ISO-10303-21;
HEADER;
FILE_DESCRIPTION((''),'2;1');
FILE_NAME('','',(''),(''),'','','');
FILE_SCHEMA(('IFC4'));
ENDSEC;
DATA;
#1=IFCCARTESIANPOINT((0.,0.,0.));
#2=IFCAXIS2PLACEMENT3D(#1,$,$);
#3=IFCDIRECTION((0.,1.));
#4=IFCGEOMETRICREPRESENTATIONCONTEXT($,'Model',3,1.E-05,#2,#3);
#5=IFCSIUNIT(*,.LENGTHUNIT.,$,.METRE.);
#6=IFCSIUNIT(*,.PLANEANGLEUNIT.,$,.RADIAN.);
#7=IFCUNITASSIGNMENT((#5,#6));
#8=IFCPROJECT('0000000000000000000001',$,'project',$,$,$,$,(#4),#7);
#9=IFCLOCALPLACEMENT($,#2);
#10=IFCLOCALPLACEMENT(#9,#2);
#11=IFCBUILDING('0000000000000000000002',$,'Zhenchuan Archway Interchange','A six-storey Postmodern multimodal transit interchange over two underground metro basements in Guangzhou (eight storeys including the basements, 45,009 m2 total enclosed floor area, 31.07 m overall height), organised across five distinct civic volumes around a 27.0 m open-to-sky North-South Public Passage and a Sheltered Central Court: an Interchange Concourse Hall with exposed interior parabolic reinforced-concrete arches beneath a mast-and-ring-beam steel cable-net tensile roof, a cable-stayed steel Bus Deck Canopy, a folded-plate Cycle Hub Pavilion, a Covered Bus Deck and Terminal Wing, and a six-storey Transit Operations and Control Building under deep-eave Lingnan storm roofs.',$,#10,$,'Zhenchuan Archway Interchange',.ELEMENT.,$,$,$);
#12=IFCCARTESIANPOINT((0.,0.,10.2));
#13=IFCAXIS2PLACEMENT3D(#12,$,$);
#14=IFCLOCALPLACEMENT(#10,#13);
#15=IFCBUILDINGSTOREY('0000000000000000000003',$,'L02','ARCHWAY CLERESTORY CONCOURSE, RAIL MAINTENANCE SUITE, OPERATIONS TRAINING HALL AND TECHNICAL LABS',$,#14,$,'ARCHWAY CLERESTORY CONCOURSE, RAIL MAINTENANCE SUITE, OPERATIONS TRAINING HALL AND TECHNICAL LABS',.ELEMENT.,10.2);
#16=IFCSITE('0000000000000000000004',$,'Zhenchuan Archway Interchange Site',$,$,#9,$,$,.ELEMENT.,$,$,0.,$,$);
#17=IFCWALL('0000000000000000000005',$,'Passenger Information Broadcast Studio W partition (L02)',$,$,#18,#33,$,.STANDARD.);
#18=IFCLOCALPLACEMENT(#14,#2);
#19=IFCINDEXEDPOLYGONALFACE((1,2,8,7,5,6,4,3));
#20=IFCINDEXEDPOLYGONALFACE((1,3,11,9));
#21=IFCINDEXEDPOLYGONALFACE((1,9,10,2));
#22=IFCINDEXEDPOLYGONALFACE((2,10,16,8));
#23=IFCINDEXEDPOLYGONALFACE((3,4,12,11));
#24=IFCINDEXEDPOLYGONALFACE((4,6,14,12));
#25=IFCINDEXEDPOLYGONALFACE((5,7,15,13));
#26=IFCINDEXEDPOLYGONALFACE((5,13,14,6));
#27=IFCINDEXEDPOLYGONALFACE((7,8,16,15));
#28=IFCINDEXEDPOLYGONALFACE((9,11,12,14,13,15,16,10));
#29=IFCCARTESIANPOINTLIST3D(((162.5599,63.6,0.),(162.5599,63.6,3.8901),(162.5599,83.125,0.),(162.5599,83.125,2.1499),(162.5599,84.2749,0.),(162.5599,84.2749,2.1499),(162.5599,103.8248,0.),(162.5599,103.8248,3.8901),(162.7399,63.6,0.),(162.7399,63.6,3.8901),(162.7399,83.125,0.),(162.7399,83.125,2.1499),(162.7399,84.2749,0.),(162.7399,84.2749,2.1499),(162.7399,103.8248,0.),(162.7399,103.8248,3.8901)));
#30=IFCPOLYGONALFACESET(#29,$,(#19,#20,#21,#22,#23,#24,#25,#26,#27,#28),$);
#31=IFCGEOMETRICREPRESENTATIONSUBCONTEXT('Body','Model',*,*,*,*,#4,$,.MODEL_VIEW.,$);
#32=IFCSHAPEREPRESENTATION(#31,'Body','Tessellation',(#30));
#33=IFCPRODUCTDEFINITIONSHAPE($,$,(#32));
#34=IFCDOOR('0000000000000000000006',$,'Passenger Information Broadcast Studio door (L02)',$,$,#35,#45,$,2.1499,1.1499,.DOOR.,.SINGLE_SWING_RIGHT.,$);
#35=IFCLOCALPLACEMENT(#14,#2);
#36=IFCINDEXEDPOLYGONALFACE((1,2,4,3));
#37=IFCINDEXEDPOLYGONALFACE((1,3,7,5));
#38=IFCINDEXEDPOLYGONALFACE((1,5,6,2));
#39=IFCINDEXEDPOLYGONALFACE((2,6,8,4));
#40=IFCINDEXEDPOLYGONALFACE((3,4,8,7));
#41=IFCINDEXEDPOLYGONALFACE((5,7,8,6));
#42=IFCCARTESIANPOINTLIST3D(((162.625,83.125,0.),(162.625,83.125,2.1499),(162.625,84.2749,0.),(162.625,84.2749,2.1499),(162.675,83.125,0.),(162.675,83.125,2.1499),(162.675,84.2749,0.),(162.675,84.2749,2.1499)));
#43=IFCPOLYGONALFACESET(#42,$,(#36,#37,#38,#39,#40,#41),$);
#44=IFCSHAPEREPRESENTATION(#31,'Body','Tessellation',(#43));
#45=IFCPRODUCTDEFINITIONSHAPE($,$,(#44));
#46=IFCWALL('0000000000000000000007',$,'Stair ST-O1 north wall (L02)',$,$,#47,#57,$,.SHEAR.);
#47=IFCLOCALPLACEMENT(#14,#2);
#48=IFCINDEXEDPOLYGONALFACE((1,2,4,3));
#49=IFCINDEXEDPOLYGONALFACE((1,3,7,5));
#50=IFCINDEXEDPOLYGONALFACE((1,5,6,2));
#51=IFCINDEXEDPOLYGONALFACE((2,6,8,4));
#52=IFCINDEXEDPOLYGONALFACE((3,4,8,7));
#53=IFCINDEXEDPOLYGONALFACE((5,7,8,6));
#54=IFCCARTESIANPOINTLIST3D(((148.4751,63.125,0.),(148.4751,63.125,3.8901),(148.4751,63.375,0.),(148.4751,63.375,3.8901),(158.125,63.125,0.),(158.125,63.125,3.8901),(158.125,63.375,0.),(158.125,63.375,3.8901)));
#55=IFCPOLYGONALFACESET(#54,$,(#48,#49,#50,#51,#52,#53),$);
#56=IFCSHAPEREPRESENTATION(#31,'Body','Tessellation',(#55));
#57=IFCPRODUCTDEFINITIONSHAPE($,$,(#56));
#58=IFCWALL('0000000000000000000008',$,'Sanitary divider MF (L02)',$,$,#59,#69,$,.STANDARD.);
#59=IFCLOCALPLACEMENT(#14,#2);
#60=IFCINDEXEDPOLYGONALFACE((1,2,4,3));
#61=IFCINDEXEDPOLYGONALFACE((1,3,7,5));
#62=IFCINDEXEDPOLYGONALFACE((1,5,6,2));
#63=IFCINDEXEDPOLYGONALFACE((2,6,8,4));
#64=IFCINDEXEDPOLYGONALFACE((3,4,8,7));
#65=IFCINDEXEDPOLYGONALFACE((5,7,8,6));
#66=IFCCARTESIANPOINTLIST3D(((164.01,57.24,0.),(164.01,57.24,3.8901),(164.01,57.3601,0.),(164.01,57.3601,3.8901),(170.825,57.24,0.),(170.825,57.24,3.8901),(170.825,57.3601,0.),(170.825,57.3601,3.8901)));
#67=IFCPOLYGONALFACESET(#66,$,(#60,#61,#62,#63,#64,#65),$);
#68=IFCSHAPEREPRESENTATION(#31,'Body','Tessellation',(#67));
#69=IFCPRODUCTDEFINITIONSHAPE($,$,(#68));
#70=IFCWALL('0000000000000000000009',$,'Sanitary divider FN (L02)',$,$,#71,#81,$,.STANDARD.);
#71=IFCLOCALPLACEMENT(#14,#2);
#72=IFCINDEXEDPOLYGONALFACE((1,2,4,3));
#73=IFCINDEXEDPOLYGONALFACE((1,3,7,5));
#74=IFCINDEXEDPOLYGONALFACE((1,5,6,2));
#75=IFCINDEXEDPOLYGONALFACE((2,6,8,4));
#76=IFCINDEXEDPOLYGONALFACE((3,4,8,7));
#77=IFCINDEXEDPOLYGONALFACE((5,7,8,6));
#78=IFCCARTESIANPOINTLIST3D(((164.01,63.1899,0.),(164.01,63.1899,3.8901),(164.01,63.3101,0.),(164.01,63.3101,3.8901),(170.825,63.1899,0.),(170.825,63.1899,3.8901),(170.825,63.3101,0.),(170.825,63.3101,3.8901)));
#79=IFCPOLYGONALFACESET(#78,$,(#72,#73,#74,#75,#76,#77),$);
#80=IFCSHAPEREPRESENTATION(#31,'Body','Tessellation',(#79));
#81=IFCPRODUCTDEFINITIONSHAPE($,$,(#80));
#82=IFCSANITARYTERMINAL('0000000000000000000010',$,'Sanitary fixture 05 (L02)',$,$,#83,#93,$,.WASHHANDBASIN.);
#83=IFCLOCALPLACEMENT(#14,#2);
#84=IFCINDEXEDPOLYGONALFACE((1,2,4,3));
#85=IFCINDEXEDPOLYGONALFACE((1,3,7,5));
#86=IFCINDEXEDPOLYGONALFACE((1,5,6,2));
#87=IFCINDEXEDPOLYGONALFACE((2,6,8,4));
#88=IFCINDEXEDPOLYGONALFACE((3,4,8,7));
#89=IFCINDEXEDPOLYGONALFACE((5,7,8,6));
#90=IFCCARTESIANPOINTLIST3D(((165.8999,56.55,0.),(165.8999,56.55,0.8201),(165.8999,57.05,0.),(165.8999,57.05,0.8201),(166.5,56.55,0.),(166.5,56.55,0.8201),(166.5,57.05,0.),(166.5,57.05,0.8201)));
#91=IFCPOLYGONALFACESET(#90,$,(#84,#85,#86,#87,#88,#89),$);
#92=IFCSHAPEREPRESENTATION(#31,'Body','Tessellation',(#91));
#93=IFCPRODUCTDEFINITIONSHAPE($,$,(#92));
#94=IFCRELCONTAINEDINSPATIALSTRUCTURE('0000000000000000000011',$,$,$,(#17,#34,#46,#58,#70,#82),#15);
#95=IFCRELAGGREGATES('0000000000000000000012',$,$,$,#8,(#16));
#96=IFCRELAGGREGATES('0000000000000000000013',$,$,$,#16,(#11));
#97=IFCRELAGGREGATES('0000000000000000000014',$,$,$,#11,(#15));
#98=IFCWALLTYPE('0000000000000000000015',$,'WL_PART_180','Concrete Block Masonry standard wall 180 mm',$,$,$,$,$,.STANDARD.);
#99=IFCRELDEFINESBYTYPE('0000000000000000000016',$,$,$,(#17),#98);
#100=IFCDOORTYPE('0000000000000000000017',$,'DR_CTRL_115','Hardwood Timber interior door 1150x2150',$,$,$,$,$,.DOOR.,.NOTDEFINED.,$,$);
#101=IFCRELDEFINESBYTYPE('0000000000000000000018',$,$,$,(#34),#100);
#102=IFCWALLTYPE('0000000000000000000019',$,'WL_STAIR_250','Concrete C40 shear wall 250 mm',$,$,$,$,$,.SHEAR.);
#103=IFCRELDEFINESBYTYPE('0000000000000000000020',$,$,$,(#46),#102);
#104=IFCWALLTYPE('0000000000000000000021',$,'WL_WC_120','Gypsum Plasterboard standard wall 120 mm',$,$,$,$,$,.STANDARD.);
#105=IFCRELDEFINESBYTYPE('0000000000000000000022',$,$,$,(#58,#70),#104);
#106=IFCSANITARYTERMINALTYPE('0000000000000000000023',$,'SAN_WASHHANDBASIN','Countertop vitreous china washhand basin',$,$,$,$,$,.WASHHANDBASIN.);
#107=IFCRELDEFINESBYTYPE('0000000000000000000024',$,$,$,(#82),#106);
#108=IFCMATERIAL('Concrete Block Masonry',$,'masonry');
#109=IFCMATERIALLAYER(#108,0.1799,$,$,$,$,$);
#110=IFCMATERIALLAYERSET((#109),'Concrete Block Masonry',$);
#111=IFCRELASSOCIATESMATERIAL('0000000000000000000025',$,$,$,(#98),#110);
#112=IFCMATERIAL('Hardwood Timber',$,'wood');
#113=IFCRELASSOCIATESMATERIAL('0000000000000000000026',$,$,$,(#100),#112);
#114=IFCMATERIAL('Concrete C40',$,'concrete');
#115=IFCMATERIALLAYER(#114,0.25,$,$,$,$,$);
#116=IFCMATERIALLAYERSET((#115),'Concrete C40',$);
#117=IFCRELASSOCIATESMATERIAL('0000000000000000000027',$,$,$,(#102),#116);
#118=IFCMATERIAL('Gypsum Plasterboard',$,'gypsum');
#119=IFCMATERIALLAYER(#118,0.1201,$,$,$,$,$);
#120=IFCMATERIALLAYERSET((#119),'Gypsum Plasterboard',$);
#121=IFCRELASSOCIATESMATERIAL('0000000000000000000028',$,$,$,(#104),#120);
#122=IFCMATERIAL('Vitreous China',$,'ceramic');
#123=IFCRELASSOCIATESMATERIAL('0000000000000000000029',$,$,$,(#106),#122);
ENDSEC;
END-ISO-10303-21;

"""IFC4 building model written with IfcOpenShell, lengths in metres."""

from ifc_helpers import new_model, si_unit, direction, frame, frame_2d, origin, origin_2d, place, context, subcontext, project, spatial, rectangle, extrude, material, layer, layer_set, type_object, element, fill, save


model = new_model("IFC4")

# Units and contexts
model_context = context("Model", 3, precision=1e-05, world=origin(), true_north=direction((0.0, 1.0)))
body_context = subcontext(model_context, "Body", "Model", "MODEL_VIEW")
ifc_project = project(units=[si_unit("LENGTHUNIT", "METRE"), si_unit("PLANEANGLEUNIT", "RADIAN")], contexts=[model_context])

# Site, building, storey
site_placement = place(None, origin())
site = spatial("IfcSite", under=ifc_project, at=site_placement, Name="Zhenchuan Archway Interchange Site", CompositionType="ELEMENT", RefElevation=0.0)
building_placement = place(site_placement, origin())
building = spatial("IfcBuilding", under=site, at=building_placement, Name="Zhenchuan Archway Interchange", Description="A six-storey Postmodern multimodal transit interchange over two underground metro basements in Guangzhou (eight storeys including the basements, 45,009 m2 total enclosed floor area, 31.07 m overall height), organised across five distinct civic volumes around a 27.0 m open-to-sky North-South Public Passage and a Sheltered Central Court: an Interchange Concourse Hall with exposed interior parabolic reinforced-concrete arches beneath a mast-and-ring-beam steel cable-net tensile roof, a cable-stayed steel Bus Deck Canopy, a folded-plate Cycle Hub Pavilion, a Covered Bus Deck and Terminal Wing, and a six-storey Transit Operations and Control Building under deep-eave Lingnan storm roofs.", LongName="Zhenchuan Archway Interchange", CompositionType="ELEMENT")
storey_placement = place(building_placement, frame((0.0, 0.0, 10.2)))
storey = spatial("IfcBuildingStorey", under=building, at=storey_placement, Name="L02", Description="ARCHWAY CLERESTORY CONCOURSE, RAIL MAINTENANCE SUITE, OPERATIONS TRAINING HALL AND TECHNICAL LABS", LongName="ARCHWAY CLERESTORY CONCOURSE, RAIL MAINTENANCE SUITE, OPERATIONS TRAINING HALL AND TECHNICAL LABS", CompositionType="ELEMENT", Elevation=10.2)

# Shared definitions
ifc_material_1 = material(Name="Concrete C40", Category="concrete")

# Wall, opening, door
ifc_material_2 = material(Name="Concrete Block Masonry", Category="masonry")
ifc_layer_1 = layer(ifc_material_2, 0.1799)
ifc_layer_set_1 = layer_set([ifc_layer_1], Name="Concrete Block Masonry")
wall_type_1 = type_object("IfcWallType", Name="WL_PART_180", Description="Concrete Block Masonry standard wall 180 mm", PredefinedType="STANDARD", material=ifc_layer_set_1)
wall_1_placement = place(storey_placement, frame((162.6499, 63.6001, 0.0), z_axis=(0.0, 0.0, 1.0), x_axis=(0.0, 1.0, 0.0)))
wall_1 = element("IfcWall", 1, at=wall_1_placement, inside=storey, type_object=wall_type_1, Name="Passenger Information Broadcast Studio W partition (L02)", PredefinedType="STANDARD", context=body_context, shape_type="SweptSolid", body=[
    extrude(rectangle(XDim=40.2249, YDim=0.1799, at=frame_2d((20.1123, 0.0))), origin(), (0.0, 0.0, 1.0), 3.8901),
])
opening_1_placement = place(wall_1_placement, frame((19.5249, 0.0, 0.0)))
opening_1 = element("IfcOpeningElement", 2, at=opening_1_placement, cuts=wall_1, PredefinedType="OPENING", context=body_context, shape_type="SweptSolid", body=[
    extrude(rectangle(XDim=1.1499, YDim=2.1499, at=frame_2d((0.575, 1.075))), frame((0.0, 0.1021, 0.0), z_axis=(0.0, -1.0, 0.0), x_axis=(1.0, 0.0, 0.0)), (0.0, 0.0, 1.0), 0.2039),
])
ifc_material_3 = material(Name="Hardwood Timber", Category="wood")
door_type_1 = type_object("IfcDoorType", Name="DR_CTRL_115", Description="Hardwood Timber interior door 1150x2150", OperationType="NOTDEFINED", PredefinedType="DOOR", material=ifc_material_3)
door_1_placement = place(opening_1_placement, origin())
door_1 = element("IfcDoor", 3, at=door_1_placement, inside=storey, type_object=door_type_1, Name="Passenger Information Broadcast Studio door (L02)", OperationType="SINGLE_SWING_RIGHT", OverallHeight=2.1499, OverallWidth=1.1499, PredefinedType="DOOR", context=body_context, shape_type="SweptSolid", body=[
    extrude(rectangle(XDim=1.1499, YDim=2.1499, at=frame_2d((0.575, 1.075))), frame((0.0, 0.0249, 0.0), z_axis=(0.0, -1.0, 0.0), x_axis=(1.0, 0.0, 0.0)), (0.0, 0.0, 1.0), 0.05),
])
fill(opening_1, door_1)

# Walls
ifc_layer_2 = layer(ifc_material_1, 0.25)
ifc_layer_set_2 = layer_set([ifc_layer_2], Name="Concrete C40")
wall_type_2 = type_object("IfcWallType", Name="WL_STAIR_250", Description="Concrete C40 shear wall 250 mm", PredefinedType="SHEAR", material=ifc_layer_set_2)
wall_2_placement = place(storey_placement, frame((158.125, 63.25, 0.0), z_axis=(0.0, 0.0, 1.0), x_axis=(-1.0, 0.0, 0.0)))
element("IfcWall", 4, at=wall_2_placement, inside=storey, type_object=wall_type_2, Name="Stair ST-O1 north wall (L02)", PredefinedType="SHEAR", context=body_context, shape_type="SweptSolid", body=[
    extrude(rectangle(XDim=9.6499, YDim=0.25, at=frame_2d((4.825, 0.0))), origin(), (0.0, 0.0, 1.0), 3.8901),
])
ifc_material_4 = material(Name="Gypsum Plasterboard", Category="gypsum")
ifc_layer_3 = layer(ifc_material_4, 0.1201)
ifc_layer_set_3 = layer_set([ifc_layer_3], Name="Gypsum Plasterboard")
wall_type_3 = type_object("IfcWallType", Name="WL_WC_120", Description="Gypsum Plasterboard standard wall 120 mm", PredefinedType="STANDARD", material=ifc_layer_set_3)
for number, where, z_axis, x_axis, name in (
    (5, (164.01, 57.3, 0.0), (0.0, 0.0, 1.0), (1.0, 0.0, 0.0), "Sanitary divider MF (L02)"),
    (6, (164.01, 63.25, 0.0), (0.0, 0.0, 1.0), (1.0, 0.0, 0.0), "Sanitary divider FN (L02)"),
):
    element("IfcWall", number, at=place(storey_placement, frame(where, z_axis=z_axis, x_axis=x_axis)), inside=storey, type_object=wall_type_3, Name=name, PredefinedType="STANDARD", context=body_context, shape_type="SweptSolid", body=[
        extrude(rectangle(XDim=6.8149, YDim=0.1201, at=frame_2d((3.4075, 0.0))), origin(), (0.0, 0.0, 1.0), 3.8901),
    ])

# Sanitary terminal
ifc_material_5 = material(Name="Vitreous China", Category="ceramic")
sanitary_terminal_type = type_object("IfcSanitaryTerminalType", Name="SAN_WASHHANDBASIN", Description="Countertop vitreous china washhand basin", PredefinedType="WASHHANDBASIN", material=ifc_material_5)
sanitary_terminal_placement = place(storey_placement, frame((166.2, 56.8, 0.0), z_axis=(0.0, 0.0, 1.0), x_axis=(1.0, 0.0, 0.0)))
element("IfcSanitaryTerminal", 7, at=sanitary_terminal_placement, inside=storey, type_object=sanitary_terminal_type, Name="Sanitary fixture 05 (L02)", PredefinedType="WASHHANDBASIN", context=body_context, shape_type="SweptSolid", body=[
    extrude(rectangle(XDim=0.6001, YDim=0.5, at=origin_2d()), origin(), (0.0, 0.0, 1.0), 0.8201),
])

save(model, "model.ifc")
